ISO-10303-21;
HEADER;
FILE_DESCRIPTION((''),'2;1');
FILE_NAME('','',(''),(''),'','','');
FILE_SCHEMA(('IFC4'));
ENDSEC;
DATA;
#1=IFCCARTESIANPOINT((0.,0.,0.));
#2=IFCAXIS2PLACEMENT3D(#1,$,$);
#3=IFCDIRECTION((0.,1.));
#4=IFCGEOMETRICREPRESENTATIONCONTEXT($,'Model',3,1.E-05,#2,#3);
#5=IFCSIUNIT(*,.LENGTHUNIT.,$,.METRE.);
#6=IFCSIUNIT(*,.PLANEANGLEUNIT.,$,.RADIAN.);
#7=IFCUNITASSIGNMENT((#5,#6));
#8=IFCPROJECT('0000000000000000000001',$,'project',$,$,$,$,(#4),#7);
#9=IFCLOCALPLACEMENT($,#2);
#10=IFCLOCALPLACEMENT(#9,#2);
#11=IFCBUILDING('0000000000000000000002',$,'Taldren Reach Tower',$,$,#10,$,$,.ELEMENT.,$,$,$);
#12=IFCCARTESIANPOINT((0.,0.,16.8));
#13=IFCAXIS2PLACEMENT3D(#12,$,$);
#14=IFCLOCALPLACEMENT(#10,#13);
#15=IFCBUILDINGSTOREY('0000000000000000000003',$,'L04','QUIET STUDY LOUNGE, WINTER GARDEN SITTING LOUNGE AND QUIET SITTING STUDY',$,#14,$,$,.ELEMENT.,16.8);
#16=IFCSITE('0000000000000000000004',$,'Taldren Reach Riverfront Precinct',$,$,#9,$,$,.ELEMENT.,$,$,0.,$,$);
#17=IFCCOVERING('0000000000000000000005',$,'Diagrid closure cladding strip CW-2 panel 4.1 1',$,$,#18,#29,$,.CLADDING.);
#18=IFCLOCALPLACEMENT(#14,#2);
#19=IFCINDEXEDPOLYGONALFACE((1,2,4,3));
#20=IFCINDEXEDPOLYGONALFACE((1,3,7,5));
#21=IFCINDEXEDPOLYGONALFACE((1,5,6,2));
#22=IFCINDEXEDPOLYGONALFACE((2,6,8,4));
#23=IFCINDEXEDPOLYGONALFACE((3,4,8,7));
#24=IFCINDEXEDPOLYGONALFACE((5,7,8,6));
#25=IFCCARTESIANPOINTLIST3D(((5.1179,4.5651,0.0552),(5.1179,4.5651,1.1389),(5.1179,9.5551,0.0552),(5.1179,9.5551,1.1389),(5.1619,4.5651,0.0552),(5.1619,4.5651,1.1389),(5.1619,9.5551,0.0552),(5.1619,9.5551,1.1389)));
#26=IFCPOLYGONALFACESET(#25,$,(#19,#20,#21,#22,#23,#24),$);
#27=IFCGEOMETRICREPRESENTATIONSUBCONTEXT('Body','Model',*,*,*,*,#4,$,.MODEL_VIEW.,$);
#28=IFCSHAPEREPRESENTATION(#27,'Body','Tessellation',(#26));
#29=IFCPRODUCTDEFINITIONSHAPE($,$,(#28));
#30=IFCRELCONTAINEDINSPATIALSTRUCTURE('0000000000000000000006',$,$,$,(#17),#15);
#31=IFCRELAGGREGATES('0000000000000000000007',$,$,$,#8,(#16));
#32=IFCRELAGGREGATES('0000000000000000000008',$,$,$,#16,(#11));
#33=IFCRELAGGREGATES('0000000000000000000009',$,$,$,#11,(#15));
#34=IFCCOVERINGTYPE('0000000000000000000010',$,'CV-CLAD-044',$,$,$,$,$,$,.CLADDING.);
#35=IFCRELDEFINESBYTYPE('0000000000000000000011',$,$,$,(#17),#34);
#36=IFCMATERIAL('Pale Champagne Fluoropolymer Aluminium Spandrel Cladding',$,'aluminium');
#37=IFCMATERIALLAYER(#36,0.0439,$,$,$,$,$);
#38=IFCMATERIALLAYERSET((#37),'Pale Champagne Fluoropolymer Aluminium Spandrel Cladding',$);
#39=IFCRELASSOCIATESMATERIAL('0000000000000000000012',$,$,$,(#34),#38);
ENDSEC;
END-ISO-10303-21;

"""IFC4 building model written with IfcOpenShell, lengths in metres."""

from ifc_helpers import new_model, si_unit, direction, frame, origin, origin_2d, place, context, subcontext, project, spatial, rectangle, extrude, source, transform, mapped, material, layer, layer_set, type_object, element, save


model = new_model("IFC4")

# Units and contexts
model_context = context("Model", 3, precision=1e-05, world=origin(), true_north=direction((0.0, 1.0)))
body_context = subcontext(model_context, "Body", "Model", "MODEL_VIEW")
ifc_project = project(units=[si_unit("LENGTHUNIT", "METRE"), si_unit("PLANEANGLEUNIT", "RADIAN")], contexts=[model_context])

# Site, building, storey
site_placement = place(None, origin())
site = spatial("IfcSite", under=ifc_project, at=site_placement, Name="Taldren Reach Riverfront Precinct", CompositionType="ELEMENT", RefElevation=0.0)
building_placement = place(site_placement, origin())
building = spatial("IfcBuilding", under=site, at=building_placement, Name="Taldren Reach Tower", CompositionType="ELEMENT")
storey_placement = place(building_placement, frame((0.0, 0.0, 16.8)))
storey = spatial("IfcBuildingStorey", under=building, at=storey_placement, Name="L04", Description="QUIET STUDY LOUNGE, WINTER GARDEN SITTING LOUNGE AND QUIET SITTING STUDY", CompositionType="ELEMENT", Elevation=16.8)

# Covering
ifc_material_1 = material(Name="Pale Champagne Fluoropolymer Aluminium Spandrel Cladding", Category="aluminium")
ifc_layer_1 = layer(ifc_material_1, 0.0439)
ifc_layer_set_1 = layer_set([ifc_layer_1], Name="Pale Champagne Fluoropolymer Aluminium Spandrel Cladding")
covering_type = type_object("IfcCoveringType", Name="CV-CLAD-044", PredefinedType="CLADDING", material=ifc_layer_set_1)
shared_shape_1 = source(origin(), body_context, "Body", "SweptSolid", [
    extrude(rectangle(XDim=4.99, YDim=0.0439, at=origin_2d()), origin(), (0.0, 0.0, 1.0), 1.0837),
])
covering_1_placement = place(storey_placement, frame((5.1399, 7.0601, 0.0552), z_axis=(0.0, 0.0, 1.0), x_axis=(0.0, -1.0, 0.0)))
element("IfcCovering", 1, at=covering_1_placement, inside=storey, type_object=covering_type, Name="Diagrid closure cladding strip CW-2 panel 4.1 1", PredefinedType="CLADDING", context=body_context, shape_type="MappedRepresentation", body=[
    mapped(shared_shape_1, transform((0.0, 0.0, 0.0), scale=1.0)),
])

save(model, "model.ifc")
